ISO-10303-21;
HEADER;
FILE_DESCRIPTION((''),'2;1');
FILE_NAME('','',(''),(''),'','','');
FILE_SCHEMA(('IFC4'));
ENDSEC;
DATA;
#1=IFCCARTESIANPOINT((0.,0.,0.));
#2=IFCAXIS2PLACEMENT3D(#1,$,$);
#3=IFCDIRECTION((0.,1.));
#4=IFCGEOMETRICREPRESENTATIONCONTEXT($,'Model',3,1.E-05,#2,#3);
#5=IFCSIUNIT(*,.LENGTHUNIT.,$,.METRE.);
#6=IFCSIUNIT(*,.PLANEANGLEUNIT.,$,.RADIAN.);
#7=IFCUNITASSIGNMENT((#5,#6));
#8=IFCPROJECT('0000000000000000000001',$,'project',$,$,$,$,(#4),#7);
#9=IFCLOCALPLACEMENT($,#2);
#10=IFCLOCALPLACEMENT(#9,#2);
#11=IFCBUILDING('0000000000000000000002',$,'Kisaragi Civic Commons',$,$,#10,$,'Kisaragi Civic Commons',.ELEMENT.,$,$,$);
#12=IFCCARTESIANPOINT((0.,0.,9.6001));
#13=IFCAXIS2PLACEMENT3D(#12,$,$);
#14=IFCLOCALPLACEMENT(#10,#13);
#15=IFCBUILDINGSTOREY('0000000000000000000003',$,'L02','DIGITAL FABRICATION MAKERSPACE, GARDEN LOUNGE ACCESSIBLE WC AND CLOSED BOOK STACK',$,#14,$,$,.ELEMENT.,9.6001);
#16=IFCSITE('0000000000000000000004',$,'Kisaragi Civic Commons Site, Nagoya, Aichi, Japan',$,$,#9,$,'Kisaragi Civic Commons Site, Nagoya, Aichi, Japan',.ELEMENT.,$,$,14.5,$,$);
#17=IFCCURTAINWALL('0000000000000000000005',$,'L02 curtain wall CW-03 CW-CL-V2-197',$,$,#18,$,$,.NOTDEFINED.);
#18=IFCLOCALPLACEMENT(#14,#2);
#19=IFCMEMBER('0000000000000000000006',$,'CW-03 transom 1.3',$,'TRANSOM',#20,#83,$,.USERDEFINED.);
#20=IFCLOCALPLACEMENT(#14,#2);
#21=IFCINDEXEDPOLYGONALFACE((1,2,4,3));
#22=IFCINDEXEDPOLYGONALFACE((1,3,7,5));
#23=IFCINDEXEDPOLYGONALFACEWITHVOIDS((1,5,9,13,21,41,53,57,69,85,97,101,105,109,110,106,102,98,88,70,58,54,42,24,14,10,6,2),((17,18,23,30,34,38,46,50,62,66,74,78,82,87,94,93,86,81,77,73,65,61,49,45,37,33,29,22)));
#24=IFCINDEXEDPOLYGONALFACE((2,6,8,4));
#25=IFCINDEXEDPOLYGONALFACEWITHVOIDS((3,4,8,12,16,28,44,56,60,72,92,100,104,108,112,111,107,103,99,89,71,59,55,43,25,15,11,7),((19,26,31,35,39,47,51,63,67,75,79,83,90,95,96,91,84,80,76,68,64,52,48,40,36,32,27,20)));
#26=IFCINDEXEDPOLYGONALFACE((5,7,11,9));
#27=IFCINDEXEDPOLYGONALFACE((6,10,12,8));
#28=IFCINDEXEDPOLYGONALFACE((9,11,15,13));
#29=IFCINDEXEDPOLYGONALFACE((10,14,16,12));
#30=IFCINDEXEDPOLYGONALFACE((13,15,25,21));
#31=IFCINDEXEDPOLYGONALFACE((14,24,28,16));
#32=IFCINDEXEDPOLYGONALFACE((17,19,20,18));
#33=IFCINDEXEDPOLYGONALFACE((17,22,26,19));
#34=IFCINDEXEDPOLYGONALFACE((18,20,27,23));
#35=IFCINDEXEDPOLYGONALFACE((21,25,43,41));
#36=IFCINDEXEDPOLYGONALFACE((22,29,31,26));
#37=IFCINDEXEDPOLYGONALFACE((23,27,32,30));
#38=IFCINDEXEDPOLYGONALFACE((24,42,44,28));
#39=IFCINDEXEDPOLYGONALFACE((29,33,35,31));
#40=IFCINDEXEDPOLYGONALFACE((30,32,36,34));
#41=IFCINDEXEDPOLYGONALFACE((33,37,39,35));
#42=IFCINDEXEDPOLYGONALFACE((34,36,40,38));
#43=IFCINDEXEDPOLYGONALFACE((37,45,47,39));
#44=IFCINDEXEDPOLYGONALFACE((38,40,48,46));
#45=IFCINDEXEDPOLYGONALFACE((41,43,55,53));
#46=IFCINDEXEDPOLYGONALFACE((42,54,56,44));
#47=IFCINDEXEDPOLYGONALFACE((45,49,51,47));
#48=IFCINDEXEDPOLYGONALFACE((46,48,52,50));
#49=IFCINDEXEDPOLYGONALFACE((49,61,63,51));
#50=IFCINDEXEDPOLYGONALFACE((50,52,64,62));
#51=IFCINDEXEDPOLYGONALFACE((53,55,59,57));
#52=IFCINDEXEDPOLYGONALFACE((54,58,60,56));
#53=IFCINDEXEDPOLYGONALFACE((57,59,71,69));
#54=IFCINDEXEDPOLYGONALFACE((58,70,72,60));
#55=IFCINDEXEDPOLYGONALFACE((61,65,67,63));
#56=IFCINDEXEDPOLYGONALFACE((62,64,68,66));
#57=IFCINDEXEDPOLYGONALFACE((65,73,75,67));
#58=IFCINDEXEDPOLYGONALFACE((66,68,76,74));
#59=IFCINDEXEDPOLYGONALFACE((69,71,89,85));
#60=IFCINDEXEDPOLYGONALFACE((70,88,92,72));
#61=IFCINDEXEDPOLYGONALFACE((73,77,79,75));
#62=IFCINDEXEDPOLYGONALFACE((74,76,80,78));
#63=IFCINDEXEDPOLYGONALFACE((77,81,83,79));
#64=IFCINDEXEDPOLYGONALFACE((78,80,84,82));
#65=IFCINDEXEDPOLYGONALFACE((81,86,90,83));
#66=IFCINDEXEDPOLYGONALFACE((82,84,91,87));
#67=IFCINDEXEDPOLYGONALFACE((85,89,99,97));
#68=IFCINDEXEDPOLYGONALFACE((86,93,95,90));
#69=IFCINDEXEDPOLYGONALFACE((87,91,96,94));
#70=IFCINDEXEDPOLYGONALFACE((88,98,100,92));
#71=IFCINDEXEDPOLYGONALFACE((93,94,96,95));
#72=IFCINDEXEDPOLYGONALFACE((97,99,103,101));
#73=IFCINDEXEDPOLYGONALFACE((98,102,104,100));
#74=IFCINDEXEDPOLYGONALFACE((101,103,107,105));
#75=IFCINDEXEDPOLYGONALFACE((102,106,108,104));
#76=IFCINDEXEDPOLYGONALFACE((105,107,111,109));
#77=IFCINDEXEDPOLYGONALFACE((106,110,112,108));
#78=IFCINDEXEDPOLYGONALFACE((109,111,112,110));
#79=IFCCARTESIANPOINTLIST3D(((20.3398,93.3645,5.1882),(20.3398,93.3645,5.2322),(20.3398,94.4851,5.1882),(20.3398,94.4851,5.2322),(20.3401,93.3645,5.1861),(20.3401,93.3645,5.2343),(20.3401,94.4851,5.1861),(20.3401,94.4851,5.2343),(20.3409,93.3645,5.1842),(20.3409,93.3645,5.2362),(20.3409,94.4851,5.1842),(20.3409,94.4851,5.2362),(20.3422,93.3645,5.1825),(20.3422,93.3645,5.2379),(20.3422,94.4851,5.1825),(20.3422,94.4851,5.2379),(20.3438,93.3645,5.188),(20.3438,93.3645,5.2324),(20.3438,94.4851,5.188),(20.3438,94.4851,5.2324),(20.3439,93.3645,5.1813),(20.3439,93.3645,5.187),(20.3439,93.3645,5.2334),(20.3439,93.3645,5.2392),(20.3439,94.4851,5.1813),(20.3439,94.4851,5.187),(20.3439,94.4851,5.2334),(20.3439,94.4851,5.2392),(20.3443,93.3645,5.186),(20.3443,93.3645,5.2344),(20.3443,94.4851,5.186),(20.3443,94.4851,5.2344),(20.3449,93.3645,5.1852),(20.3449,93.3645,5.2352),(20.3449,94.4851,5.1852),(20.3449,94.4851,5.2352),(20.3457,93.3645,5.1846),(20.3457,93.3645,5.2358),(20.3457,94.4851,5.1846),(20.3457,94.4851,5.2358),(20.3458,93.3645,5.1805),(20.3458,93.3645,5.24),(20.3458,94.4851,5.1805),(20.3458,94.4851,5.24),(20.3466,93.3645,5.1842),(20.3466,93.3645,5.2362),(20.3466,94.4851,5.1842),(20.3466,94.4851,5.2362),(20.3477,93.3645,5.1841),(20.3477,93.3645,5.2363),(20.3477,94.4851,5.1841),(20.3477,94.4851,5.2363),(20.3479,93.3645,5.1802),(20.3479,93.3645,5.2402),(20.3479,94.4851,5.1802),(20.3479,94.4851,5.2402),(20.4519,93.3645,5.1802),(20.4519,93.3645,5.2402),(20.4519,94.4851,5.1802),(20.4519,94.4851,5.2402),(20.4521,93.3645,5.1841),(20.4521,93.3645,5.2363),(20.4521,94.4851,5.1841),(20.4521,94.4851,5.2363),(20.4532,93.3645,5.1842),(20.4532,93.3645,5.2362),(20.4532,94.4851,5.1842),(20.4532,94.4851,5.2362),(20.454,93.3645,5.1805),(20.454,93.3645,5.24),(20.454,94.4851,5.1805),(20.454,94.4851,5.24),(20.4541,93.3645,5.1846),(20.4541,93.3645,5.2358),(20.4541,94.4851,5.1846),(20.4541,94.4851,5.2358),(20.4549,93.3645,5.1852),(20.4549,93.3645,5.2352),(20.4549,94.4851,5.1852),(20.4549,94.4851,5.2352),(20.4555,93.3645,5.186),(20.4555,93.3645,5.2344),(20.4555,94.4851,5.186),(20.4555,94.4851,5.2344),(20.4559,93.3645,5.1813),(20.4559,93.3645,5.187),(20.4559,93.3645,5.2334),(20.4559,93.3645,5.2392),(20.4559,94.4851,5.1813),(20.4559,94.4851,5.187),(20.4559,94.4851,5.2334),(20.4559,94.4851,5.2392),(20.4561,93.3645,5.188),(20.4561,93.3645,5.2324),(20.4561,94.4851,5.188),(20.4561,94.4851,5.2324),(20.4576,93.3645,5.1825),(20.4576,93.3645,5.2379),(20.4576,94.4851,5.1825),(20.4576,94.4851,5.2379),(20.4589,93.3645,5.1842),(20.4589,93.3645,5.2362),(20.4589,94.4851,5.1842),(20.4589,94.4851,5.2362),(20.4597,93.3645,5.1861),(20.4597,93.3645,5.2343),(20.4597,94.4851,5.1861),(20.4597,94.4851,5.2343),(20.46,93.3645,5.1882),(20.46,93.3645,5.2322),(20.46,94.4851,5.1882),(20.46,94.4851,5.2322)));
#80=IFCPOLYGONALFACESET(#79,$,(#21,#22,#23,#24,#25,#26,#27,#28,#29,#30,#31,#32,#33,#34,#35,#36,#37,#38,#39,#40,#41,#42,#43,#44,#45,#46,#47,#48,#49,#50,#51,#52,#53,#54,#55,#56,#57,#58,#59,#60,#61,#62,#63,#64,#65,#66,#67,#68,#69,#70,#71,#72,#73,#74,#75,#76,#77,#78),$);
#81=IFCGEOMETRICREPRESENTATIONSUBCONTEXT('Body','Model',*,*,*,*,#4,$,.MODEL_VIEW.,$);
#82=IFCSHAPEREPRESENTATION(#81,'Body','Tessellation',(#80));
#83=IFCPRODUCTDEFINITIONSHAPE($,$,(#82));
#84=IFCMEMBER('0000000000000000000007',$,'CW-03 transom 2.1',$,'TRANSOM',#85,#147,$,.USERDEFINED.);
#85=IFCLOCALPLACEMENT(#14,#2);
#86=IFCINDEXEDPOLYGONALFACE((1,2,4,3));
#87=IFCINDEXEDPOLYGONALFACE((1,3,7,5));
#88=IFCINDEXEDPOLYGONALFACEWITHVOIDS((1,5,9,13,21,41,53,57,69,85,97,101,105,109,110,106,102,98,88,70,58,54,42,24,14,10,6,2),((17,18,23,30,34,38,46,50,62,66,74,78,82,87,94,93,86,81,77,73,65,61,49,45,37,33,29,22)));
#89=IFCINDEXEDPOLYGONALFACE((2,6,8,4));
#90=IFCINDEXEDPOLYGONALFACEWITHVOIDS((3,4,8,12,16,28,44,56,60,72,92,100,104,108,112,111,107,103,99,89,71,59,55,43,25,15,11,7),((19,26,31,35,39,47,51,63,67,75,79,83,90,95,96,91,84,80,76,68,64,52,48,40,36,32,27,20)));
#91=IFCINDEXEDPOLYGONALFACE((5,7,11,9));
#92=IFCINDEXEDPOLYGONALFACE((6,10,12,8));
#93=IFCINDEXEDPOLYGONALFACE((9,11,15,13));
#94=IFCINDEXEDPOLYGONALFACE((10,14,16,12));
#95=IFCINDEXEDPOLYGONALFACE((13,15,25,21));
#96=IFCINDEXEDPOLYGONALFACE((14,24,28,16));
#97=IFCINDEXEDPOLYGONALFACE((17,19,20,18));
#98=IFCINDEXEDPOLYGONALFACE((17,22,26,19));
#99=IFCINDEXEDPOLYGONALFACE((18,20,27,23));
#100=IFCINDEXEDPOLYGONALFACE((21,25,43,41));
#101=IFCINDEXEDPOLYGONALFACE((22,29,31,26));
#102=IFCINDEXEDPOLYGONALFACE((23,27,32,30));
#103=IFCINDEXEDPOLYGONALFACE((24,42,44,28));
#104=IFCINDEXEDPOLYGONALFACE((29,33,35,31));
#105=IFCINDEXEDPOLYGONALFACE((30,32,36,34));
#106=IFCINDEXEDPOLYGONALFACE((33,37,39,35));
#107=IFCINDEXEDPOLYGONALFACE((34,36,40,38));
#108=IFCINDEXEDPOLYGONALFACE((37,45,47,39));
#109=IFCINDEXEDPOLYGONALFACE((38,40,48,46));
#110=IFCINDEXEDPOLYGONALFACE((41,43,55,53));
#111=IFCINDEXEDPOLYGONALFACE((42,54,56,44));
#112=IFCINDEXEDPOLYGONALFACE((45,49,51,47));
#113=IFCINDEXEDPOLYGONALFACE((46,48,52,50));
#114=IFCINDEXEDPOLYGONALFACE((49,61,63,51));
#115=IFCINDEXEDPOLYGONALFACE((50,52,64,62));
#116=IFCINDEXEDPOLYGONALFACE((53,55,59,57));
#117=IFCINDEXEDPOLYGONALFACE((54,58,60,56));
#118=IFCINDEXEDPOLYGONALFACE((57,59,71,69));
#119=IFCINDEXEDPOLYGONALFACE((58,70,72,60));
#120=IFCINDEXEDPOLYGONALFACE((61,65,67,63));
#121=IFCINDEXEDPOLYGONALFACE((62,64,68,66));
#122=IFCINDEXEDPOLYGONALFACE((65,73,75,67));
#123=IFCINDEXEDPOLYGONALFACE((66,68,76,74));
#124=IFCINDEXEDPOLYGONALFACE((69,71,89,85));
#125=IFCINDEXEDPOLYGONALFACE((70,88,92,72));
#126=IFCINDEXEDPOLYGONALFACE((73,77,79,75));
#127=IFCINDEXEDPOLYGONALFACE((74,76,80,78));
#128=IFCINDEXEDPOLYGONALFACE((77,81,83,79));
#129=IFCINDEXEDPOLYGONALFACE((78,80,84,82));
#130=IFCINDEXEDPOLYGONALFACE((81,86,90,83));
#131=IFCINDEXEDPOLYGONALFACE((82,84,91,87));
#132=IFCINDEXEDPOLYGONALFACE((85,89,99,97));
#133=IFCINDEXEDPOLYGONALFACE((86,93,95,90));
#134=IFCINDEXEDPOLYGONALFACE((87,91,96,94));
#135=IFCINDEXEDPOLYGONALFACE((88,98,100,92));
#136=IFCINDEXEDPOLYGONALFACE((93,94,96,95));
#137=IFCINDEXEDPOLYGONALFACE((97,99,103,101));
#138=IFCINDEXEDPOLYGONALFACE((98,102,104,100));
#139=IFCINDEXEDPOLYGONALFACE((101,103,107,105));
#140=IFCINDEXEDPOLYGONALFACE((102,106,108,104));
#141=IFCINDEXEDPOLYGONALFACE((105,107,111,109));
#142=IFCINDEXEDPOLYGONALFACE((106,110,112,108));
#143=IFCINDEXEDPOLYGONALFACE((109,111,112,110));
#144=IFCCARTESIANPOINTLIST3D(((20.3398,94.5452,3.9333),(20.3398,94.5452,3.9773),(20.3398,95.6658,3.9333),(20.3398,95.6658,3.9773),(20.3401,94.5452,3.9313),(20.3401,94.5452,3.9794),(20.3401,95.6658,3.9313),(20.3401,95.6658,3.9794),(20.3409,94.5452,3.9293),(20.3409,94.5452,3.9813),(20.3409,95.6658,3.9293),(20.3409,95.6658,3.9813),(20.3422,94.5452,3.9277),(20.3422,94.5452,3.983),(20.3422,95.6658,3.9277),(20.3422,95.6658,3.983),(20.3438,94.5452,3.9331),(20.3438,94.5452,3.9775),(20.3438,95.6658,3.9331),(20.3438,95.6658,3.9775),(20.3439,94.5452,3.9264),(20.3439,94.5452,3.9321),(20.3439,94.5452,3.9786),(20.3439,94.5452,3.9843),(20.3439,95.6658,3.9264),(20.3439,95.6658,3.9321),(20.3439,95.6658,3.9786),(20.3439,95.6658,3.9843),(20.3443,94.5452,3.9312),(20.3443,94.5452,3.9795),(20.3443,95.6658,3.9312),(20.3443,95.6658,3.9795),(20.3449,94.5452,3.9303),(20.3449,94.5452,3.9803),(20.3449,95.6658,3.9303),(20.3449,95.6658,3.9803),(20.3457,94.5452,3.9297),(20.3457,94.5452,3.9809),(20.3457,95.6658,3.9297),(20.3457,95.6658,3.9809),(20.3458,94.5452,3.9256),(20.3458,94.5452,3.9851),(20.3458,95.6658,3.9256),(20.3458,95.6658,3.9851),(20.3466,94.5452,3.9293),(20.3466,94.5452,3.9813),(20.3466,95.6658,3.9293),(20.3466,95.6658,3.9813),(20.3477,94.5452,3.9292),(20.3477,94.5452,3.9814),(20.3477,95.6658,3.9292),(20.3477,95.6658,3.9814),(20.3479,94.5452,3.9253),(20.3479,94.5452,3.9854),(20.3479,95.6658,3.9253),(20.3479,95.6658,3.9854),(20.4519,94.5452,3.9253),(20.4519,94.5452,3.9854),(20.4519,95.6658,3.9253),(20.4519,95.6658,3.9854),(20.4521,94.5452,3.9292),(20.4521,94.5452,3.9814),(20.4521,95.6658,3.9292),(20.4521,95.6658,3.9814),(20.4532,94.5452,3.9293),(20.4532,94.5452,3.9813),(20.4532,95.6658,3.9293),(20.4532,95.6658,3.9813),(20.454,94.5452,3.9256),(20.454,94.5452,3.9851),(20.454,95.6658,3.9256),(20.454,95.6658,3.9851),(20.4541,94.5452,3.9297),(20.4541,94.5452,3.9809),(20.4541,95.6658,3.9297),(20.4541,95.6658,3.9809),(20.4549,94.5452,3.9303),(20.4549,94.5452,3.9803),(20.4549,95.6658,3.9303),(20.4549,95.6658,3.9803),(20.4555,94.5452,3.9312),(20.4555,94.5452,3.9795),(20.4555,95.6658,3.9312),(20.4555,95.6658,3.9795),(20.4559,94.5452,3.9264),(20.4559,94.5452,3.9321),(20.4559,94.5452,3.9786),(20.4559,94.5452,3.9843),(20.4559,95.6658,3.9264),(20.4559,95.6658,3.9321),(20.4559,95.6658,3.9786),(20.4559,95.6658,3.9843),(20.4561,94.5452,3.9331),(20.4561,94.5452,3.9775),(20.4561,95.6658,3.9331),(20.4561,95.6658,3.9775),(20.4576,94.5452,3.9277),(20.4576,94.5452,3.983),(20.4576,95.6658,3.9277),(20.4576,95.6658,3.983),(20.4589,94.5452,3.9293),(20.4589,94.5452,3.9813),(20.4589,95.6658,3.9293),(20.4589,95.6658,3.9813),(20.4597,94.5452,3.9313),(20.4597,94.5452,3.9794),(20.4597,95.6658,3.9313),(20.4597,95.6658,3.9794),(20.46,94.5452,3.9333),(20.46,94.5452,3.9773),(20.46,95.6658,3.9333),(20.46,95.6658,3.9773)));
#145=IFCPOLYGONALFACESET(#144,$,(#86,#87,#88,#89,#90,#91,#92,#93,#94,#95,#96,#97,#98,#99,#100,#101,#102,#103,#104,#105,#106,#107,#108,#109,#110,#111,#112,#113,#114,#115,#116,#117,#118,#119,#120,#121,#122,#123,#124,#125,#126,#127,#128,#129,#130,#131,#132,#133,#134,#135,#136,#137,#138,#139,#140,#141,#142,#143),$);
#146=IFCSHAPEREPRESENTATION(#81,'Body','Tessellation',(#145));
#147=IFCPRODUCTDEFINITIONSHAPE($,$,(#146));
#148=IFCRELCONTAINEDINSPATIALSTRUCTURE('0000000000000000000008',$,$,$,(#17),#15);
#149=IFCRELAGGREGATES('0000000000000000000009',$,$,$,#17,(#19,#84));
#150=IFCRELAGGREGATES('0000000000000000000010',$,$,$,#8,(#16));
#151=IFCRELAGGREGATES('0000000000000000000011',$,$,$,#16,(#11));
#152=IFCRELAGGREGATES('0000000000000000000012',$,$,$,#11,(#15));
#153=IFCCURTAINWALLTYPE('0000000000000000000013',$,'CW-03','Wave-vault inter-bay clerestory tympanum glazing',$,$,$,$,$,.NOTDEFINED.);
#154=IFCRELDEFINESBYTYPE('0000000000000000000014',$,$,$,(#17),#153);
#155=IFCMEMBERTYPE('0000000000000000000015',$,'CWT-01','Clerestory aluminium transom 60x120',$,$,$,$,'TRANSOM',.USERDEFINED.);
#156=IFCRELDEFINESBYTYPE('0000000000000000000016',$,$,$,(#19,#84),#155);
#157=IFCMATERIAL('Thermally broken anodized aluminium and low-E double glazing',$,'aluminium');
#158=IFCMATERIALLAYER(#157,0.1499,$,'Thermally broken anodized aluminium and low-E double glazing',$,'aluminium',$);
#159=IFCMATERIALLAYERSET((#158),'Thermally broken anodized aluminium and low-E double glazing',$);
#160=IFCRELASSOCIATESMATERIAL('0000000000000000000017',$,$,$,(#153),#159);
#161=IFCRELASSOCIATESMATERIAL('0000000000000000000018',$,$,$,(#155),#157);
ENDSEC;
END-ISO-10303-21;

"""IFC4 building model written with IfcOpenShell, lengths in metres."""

from ifc_helpers import new_model, si_unit, direction, frame, origin, origin_2d, place, context, subcontext, project, spatial, hollow_rectangle, extrude, material, layer, layer_set, material_profile, profile_set, type_object, element, aggregate, save


model = new_model("IFC4")

# Units and contexts
model_context = context("Model", 3, precision=1e-05, world=origin(), true_north=direction((0.0, 1.0)))
body_context = subcontext(model_context, "Body", "Model", "MODEL_VIEW")
ifc_project = project(units=[si_unit("LENGTHUNIT", "METRE"), si_unit("PLANEANGLEUNIT", "RADIAN")], contexts=[model_context])

# Site, building, storey
site_placement = place(None, origin())
site = spatial("IfcSite", under=ifc_project, at=site_placement, Name="Kisaragi Civic Commons Site, Nagoya, Aichi, Japan", LongName="Kisaragi Civic Commons Site, Nagoya, Aichi, Japan", CompositionType="ELEMENT", RefElevation=14.5)
building_placement = place(site_placement, origin())
building = spatial("IfcBuilding", under=site, at=building_placement, Name="Kisaragi Civic Commons", LongName="Kisaragi Civic Commons", CompositionType="ELEMENT")
storey_placement = place(building_placement, frame((0.0, 0.0, 9.6001)))
storey = spatial("IfcBuildingStorey", under=building, at=storey_placement, Name="L02", Description="DIGITAL FABRICATION MAKERSPACE, GARDEN LOUNGE ACCESSIBLE WC AND CLOSED BOOK STACK", CompositionType="ELEMENT", Elevation=9.6001)

# Shared definitions
ifc_material_1 = material(Name="Thermally broken anodized aluminium and low-E double glazing", Category="aluminium")
ifc_layer_1 = layer(ifc_material_1, 0.1499, Name="Thermally broken anodized aluminium and low-E double glazing", Category="aluminium")
ifc_layer_set_1 = layer_set([ifc_layer_1], Name="Thermally broken anodized aluminium and low-E double glazing")
curtain_wall_type = type_object("IfcCurtainWallType", Name="CW-03", Description="Wave-vault inter-bay clerestory tympanum glazing", PredefinedType="NOTDEFINED", material=ifc_layer_set_1)

# Curtain wall, members
curtain_wall_1_placement = place(storey_placement, origin())
curtain_wall_1 = element("IfcCurtainWall", 1, at=curtain_wall_1_placement, inside=storey, type_object=curtain_wall_type, Name="L02 curtain wall CW-03 CW-CL-V2-197", PredefinedType="NOTDEFINED")
ifc_material_profile_1 = material_profile(ifc_material_1, hollow_rectangle(XDim=0.1201, YDim=0.0601, WallThickness=0.0039, InnerFilletRadius=0.0039, OuterFilletRadius=0.0081, at=origin_2d()), Name="CWT-60x120x4", Category="aluminium")
ifc_profile_set_1 = profile_set([ifc_material_profile_1], Name="Thermally broken anodized aluminium and low-E double glazing")
member_type_1 = type_object("IfcMemberType", Name="CWT-01", Description="Clerestory aluminium transom 60x120", ElementType="TRANSOM", PredefinedType="USERDEFINED", material=ifc_profile_set_1)
member_1_placement = place(storey_placement, frame((20.3999, 93.3645, 5.2102), z_axis=(0.0, 1.0, 0.0), x_axis=(-1.0, 0.0, 0.0)))
member_1 = element("IfcMember", 2, at=member_1_placement, type_object=member_type_1, Name="CW-03 transom 1.3", ObjectType="TRANSOM", PredefinedType="USERDEFINED", context=body_context, shape_type="SweptSolid", body=[
    extrude(hollow_rectangle(XDim=0.1201, YDim=0.0601, WallThickness=0.0039, InnerFilletRadius=0.0039, OuterFilletRadius=0.0081, at=origin_2d()), origin(), (0.0, 0.0, 1.0), 1.1206),
])
member_2_placement = place(storey_placement, frame((20.3999, 94.5452, 3.9553), z_axis=(0.0, 1.0, 0.0), x_axis=(-1.0, 0.0, 0.0)))
member_2 = element("IfcMember", 3, at=member_2_placement, type_object=member_type_1, Name="CW-03 transom 2.1", ObjectType="TRANSOM", PredefinedType="USERDEFINED", context=body_context, shape_type="SweptSolid", body=[
    extrude(hollow_rectangle(XDim=0.1201, YDim=0.0601, WallThickness=0.0039, InnerFilletRadius=0.0039, OuterFilletRadius=0.0081, at=origin_2d()), origin(), (0.0, 0.0, 1.0), 1.1206),
])

aggregate(curtain_wall_1, [member_1, member_2])

save(model, "model.ifc")
